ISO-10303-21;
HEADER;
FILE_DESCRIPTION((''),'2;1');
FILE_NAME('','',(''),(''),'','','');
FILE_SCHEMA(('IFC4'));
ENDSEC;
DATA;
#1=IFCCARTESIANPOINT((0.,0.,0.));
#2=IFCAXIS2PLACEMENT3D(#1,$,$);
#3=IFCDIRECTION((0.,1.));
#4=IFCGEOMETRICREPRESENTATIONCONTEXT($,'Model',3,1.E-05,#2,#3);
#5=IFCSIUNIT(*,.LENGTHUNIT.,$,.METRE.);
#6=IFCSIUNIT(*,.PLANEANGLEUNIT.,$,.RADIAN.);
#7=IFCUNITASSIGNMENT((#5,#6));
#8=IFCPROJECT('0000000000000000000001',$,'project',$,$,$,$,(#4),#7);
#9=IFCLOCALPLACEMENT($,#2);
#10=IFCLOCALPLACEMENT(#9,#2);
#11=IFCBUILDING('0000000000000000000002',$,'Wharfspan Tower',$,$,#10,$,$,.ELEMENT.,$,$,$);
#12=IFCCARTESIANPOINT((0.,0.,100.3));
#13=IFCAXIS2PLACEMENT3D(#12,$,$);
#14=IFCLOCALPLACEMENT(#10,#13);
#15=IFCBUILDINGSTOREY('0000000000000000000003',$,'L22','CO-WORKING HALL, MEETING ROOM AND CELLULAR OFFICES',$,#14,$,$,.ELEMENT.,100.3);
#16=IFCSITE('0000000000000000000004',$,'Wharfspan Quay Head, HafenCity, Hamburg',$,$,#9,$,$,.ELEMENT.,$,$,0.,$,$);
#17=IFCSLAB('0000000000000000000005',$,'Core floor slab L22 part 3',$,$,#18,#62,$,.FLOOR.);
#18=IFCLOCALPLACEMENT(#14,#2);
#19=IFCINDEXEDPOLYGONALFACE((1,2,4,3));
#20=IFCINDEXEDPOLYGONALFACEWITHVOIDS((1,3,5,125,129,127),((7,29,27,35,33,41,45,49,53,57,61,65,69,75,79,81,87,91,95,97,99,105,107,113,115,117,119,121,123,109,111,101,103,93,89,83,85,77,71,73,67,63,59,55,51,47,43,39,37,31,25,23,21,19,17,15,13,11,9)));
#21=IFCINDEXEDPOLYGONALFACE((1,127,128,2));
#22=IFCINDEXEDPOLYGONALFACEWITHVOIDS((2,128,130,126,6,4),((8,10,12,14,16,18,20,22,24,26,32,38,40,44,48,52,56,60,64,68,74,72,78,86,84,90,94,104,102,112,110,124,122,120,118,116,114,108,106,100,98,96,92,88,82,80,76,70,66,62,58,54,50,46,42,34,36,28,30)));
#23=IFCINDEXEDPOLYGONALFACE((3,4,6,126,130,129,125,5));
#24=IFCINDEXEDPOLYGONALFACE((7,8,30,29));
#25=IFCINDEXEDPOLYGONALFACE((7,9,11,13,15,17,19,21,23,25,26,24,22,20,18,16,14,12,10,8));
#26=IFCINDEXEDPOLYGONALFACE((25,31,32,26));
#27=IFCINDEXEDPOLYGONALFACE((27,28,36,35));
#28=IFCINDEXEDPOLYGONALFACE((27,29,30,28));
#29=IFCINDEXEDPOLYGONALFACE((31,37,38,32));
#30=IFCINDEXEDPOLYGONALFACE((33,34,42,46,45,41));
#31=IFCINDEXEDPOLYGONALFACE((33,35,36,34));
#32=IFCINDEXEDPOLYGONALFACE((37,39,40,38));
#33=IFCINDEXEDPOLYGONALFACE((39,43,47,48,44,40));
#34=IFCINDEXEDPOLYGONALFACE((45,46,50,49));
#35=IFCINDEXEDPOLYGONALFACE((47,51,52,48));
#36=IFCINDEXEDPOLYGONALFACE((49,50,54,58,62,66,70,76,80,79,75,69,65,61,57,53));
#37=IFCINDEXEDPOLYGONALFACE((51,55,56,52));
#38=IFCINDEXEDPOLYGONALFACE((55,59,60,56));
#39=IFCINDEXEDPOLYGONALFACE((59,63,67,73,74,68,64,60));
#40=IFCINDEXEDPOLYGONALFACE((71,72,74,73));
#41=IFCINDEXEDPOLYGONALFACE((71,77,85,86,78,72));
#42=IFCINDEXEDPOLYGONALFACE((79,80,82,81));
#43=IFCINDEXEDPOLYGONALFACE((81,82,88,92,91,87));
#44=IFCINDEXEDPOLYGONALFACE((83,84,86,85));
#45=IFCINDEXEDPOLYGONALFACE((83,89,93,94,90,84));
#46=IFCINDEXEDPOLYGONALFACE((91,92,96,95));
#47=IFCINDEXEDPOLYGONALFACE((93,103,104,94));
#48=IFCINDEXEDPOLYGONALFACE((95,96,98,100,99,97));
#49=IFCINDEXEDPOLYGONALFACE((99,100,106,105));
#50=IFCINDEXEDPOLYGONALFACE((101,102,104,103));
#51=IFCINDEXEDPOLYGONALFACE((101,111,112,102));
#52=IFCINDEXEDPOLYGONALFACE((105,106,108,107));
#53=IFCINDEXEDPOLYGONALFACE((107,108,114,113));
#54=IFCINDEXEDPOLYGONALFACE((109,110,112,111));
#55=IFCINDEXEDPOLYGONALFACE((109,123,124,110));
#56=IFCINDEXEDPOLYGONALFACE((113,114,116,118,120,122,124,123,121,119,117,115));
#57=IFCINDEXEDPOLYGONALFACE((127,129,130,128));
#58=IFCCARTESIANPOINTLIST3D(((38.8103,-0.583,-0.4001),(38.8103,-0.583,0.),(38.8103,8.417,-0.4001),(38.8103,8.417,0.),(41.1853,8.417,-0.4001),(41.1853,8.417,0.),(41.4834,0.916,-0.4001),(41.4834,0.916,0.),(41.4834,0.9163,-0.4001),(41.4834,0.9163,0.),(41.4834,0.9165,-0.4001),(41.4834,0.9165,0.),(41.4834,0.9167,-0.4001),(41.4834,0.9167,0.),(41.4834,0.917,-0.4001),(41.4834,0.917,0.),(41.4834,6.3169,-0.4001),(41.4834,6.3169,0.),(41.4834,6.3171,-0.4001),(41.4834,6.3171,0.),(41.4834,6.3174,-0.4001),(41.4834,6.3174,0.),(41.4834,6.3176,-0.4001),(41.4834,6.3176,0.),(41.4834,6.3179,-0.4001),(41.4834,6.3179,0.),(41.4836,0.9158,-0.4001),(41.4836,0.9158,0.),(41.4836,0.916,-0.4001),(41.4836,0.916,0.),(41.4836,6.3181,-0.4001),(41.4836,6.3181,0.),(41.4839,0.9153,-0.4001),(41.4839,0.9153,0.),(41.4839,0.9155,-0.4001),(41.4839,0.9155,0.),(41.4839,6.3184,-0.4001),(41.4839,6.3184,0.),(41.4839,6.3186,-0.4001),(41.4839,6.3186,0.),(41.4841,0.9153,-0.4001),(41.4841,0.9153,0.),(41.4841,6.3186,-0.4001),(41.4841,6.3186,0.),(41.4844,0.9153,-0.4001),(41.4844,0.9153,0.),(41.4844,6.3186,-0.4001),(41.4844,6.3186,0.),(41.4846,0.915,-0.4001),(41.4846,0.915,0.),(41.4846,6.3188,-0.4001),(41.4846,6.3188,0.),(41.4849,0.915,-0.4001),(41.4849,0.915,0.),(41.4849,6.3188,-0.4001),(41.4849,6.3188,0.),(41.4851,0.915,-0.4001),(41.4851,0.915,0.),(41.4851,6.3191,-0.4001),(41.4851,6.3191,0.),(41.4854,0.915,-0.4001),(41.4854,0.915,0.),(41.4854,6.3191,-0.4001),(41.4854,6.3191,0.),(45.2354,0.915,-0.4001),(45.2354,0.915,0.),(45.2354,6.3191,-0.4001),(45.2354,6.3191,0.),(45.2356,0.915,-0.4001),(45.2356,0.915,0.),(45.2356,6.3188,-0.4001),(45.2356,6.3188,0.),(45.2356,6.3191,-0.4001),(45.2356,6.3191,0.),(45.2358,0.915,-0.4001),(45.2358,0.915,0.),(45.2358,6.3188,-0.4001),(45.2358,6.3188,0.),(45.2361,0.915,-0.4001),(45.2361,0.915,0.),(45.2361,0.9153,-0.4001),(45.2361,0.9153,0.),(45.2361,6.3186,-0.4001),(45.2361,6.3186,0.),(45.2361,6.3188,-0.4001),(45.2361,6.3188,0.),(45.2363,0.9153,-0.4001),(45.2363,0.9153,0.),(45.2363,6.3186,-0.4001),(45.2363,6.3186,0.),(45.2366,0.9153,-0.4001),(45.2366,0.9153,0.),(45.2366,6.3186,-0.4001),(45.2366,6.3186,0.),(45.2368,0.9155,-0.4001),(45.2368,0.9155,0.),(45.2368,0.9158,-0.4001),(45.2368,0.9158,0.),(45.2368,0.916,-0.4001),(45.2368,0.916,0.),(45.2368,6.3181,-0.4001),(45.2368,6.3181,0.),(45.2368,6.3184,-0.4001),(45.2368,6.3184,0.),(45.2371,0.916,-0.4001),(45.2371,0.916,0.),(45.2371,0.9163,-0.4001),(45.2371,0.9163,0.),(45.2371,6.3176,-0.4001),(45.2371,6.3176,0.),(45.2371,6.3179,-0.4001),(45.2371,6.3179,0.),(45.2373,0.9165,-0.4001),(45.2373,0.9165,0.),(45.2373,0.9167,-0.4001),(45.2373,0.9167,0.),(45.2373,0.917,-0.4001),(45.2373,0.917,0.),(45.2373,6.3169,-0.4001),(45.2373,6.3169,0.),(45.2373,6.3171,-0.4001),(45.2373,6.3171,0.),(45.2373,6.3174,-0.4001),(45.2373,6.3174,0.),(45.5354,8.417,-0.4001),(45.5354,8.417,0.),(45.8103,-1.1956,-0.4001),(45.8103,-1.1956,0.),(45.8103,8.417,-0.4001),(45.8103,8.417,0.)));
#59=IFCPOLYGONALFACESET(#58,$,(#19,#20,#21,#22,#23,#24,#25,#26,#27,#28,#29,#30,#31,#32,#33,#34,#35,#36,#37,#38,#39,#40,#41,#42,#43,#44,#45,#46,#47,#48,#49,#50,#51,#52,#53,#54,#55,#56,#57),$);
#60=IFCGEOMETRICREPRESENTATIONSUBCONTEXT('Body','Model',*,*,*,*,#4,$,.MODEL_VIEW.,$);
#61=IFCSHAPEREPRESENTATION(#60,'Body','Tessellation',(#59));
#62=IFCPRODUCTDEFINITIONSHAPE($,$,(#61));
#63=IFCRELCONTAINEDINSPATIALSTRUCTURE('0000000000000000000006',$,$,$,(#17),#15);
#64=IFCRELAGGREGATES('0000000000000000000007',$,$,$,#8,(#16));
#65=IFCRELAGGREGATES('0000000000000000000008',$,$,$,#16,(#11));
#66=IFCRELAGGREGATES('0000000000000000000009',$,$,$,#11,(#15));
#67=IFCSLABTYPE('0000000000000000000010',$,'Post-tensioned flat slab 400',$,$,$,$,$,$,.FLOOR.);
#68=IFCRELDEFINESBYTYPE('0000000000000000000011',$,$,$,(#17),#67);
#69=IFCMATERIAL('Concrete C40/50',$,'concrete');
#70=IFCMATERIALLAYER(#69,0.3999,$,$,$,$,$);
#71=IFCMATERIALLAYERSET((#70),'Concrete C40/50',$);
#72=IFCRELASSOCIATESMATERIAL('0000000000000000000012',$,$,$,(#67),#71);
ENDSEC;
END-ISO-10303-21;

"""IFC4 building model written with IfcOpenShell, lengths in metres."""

from ifc_helpers import new_model, si_unit, direction, frame, origin, place, context, subcontext, project, spatial, polyline, outline, extrude, material, layer, layer_set, type_object, element, save


model = new_model("IFC4")

# Units and contexts
model_context = context("Model", 3, precision=1e-05, world=origin(), true_north=direction((0.0, 1.0)))
body_context = subcontext(model_context, "Body", "Model", "MODEL_VIEW")
ifc_project = project(units=[si_unit("LENGTHUNIT", "METRE"), si_unit("PLANEANGLEUNIT", "RADIAN")], contexts=[model_context])

# Site, building, storey
site_placement = place(None, origin())
site = spatial("IfcSite", under=ifc_project, at=site_placement, Name="Wharfspan Quay Head, HafenCity, Hamburg", CompositionType="ELEMENT", RefElevation=0.0)
building_placement = place(site_placement, origin())
building = spatial("IfcBuilding", under=site, at=building_placement, Name="Wharfspan Tower", CompositionType="ELEMENT")
storey_placement = place(building_placement, frame((0.0, 0.0, 100.3)))
storey = spatial("IfcBuildingStorey", under=building, at=storey_placement, Name="L22", Description="CO-WORKING HALL, MEETING ROOM AND CELLULAR OFFICES", CompositionType="ELEMENT", Elevation=100.3)

# Slab
ifc_material_1 = material(Name="Concrete C40/50", Category="concrete")
ifc_layer_1 = layer(ifc_material_1, 0.3999)
ifc_layer_set_1 = layer_set([ifc_layer_1], Name="Concrete C40/50")
slab_type_1 = type_object("IfcSlabType", Name="Post-tensioned flat slab 400", PredefinedType="FLOOR", material=ifc_layer_set_1)
slab_1_placement = place(storey_placement, frame((0.0, 0.0, -0.4001)))
element("IfcSlab", 1, at=slab_1_placement, inside=storey, type_object=slab_type_1, Name="Core floor slab L22 part 3", PredefinedType="FLOOR", context=body_context, shape_type="SweptSolid", body=[
    extrude(outline(polyline([(45.5354, 8.417), (41.1853, 8.417), (38.8103, 8.417), (38.8103, -0.583), (45.8103, -1.1956), (45.8103, 8.417), (45.5354, 8.417)]), holes=[polyline([(41.4834, 6.3169), (41.4834, 6.3171), (41.4834, 6.3174), (41.4834, 6.3174), (41.4834, 6.3176), (41.4834, 6.3179), (41.4836, 6.3181), (41.4836, 6.3181), (41.4839, 6.3184), (41.4839, 6.3186), (41.4841, 6.3186), (41.4844, 6.3186), (41.4846, 6.3188), (41.4846, 6.3188), (41.4849, 6.3188), (41.4851, 6.3191), (41.4854, 6.3191), (45.2354, 6.3191), (45.2356, 6.3191), (45.2356, 6.3188), (45.2358, 6.3188), (45.2361, 6.3188), (45.2361, 6.3186), (45.2363, 6.3186), (45.2366, 6.3186), (45.2368, 6.3184), (45.2368, 6.3181), (45.2368, 6.3181), (45.2371, 6.3179), (45.2371, 6.3176), (45.2373, 6.3174), (45.2373, 6.3174), (45.2373, 6.3171), (45.2373, 6.3169), (45.2373, 0.917), (45.2373, 0.9167), (45.2373, 0.9165), (45.2373, 0.9165), (45.2371, 0.9163), (45.2371, 0.916), (45.2368, 0.916), (45.2368, 0.9158), (45.2368, 0.9155), (45.2366, 0.9153), (45.2363, 0.9153), (45.2361, 0.9153), (45.2361, 0.915), (45.2358, 0.915), (45.2356, 0.915), (45.2356, 0.915), (45.2354, 0.915), (41.4854, 0.915), (41.4851, 0.915), (41.4849, 0.915), (41.4846, 0.915), (41.4846, 0.915), (41.4844, 0.9153), (41.4841, 0.9153), (41.4839, 0.9153), (41.4839, 0.9155), (41.4836, 0.9158), (41.4836, 0.916), (41.4834, 0.916), (41.4834, 0.9163), (41.4834, 0.9165), (41.4834, 0.9165), (41.4834, 0.9167), (41.4834, 0.917), (41.4834, 6.3169)])]), origin(), (0.0, 0.0, 1.0), 0.4001),
])

save(model, "model.ifc")
